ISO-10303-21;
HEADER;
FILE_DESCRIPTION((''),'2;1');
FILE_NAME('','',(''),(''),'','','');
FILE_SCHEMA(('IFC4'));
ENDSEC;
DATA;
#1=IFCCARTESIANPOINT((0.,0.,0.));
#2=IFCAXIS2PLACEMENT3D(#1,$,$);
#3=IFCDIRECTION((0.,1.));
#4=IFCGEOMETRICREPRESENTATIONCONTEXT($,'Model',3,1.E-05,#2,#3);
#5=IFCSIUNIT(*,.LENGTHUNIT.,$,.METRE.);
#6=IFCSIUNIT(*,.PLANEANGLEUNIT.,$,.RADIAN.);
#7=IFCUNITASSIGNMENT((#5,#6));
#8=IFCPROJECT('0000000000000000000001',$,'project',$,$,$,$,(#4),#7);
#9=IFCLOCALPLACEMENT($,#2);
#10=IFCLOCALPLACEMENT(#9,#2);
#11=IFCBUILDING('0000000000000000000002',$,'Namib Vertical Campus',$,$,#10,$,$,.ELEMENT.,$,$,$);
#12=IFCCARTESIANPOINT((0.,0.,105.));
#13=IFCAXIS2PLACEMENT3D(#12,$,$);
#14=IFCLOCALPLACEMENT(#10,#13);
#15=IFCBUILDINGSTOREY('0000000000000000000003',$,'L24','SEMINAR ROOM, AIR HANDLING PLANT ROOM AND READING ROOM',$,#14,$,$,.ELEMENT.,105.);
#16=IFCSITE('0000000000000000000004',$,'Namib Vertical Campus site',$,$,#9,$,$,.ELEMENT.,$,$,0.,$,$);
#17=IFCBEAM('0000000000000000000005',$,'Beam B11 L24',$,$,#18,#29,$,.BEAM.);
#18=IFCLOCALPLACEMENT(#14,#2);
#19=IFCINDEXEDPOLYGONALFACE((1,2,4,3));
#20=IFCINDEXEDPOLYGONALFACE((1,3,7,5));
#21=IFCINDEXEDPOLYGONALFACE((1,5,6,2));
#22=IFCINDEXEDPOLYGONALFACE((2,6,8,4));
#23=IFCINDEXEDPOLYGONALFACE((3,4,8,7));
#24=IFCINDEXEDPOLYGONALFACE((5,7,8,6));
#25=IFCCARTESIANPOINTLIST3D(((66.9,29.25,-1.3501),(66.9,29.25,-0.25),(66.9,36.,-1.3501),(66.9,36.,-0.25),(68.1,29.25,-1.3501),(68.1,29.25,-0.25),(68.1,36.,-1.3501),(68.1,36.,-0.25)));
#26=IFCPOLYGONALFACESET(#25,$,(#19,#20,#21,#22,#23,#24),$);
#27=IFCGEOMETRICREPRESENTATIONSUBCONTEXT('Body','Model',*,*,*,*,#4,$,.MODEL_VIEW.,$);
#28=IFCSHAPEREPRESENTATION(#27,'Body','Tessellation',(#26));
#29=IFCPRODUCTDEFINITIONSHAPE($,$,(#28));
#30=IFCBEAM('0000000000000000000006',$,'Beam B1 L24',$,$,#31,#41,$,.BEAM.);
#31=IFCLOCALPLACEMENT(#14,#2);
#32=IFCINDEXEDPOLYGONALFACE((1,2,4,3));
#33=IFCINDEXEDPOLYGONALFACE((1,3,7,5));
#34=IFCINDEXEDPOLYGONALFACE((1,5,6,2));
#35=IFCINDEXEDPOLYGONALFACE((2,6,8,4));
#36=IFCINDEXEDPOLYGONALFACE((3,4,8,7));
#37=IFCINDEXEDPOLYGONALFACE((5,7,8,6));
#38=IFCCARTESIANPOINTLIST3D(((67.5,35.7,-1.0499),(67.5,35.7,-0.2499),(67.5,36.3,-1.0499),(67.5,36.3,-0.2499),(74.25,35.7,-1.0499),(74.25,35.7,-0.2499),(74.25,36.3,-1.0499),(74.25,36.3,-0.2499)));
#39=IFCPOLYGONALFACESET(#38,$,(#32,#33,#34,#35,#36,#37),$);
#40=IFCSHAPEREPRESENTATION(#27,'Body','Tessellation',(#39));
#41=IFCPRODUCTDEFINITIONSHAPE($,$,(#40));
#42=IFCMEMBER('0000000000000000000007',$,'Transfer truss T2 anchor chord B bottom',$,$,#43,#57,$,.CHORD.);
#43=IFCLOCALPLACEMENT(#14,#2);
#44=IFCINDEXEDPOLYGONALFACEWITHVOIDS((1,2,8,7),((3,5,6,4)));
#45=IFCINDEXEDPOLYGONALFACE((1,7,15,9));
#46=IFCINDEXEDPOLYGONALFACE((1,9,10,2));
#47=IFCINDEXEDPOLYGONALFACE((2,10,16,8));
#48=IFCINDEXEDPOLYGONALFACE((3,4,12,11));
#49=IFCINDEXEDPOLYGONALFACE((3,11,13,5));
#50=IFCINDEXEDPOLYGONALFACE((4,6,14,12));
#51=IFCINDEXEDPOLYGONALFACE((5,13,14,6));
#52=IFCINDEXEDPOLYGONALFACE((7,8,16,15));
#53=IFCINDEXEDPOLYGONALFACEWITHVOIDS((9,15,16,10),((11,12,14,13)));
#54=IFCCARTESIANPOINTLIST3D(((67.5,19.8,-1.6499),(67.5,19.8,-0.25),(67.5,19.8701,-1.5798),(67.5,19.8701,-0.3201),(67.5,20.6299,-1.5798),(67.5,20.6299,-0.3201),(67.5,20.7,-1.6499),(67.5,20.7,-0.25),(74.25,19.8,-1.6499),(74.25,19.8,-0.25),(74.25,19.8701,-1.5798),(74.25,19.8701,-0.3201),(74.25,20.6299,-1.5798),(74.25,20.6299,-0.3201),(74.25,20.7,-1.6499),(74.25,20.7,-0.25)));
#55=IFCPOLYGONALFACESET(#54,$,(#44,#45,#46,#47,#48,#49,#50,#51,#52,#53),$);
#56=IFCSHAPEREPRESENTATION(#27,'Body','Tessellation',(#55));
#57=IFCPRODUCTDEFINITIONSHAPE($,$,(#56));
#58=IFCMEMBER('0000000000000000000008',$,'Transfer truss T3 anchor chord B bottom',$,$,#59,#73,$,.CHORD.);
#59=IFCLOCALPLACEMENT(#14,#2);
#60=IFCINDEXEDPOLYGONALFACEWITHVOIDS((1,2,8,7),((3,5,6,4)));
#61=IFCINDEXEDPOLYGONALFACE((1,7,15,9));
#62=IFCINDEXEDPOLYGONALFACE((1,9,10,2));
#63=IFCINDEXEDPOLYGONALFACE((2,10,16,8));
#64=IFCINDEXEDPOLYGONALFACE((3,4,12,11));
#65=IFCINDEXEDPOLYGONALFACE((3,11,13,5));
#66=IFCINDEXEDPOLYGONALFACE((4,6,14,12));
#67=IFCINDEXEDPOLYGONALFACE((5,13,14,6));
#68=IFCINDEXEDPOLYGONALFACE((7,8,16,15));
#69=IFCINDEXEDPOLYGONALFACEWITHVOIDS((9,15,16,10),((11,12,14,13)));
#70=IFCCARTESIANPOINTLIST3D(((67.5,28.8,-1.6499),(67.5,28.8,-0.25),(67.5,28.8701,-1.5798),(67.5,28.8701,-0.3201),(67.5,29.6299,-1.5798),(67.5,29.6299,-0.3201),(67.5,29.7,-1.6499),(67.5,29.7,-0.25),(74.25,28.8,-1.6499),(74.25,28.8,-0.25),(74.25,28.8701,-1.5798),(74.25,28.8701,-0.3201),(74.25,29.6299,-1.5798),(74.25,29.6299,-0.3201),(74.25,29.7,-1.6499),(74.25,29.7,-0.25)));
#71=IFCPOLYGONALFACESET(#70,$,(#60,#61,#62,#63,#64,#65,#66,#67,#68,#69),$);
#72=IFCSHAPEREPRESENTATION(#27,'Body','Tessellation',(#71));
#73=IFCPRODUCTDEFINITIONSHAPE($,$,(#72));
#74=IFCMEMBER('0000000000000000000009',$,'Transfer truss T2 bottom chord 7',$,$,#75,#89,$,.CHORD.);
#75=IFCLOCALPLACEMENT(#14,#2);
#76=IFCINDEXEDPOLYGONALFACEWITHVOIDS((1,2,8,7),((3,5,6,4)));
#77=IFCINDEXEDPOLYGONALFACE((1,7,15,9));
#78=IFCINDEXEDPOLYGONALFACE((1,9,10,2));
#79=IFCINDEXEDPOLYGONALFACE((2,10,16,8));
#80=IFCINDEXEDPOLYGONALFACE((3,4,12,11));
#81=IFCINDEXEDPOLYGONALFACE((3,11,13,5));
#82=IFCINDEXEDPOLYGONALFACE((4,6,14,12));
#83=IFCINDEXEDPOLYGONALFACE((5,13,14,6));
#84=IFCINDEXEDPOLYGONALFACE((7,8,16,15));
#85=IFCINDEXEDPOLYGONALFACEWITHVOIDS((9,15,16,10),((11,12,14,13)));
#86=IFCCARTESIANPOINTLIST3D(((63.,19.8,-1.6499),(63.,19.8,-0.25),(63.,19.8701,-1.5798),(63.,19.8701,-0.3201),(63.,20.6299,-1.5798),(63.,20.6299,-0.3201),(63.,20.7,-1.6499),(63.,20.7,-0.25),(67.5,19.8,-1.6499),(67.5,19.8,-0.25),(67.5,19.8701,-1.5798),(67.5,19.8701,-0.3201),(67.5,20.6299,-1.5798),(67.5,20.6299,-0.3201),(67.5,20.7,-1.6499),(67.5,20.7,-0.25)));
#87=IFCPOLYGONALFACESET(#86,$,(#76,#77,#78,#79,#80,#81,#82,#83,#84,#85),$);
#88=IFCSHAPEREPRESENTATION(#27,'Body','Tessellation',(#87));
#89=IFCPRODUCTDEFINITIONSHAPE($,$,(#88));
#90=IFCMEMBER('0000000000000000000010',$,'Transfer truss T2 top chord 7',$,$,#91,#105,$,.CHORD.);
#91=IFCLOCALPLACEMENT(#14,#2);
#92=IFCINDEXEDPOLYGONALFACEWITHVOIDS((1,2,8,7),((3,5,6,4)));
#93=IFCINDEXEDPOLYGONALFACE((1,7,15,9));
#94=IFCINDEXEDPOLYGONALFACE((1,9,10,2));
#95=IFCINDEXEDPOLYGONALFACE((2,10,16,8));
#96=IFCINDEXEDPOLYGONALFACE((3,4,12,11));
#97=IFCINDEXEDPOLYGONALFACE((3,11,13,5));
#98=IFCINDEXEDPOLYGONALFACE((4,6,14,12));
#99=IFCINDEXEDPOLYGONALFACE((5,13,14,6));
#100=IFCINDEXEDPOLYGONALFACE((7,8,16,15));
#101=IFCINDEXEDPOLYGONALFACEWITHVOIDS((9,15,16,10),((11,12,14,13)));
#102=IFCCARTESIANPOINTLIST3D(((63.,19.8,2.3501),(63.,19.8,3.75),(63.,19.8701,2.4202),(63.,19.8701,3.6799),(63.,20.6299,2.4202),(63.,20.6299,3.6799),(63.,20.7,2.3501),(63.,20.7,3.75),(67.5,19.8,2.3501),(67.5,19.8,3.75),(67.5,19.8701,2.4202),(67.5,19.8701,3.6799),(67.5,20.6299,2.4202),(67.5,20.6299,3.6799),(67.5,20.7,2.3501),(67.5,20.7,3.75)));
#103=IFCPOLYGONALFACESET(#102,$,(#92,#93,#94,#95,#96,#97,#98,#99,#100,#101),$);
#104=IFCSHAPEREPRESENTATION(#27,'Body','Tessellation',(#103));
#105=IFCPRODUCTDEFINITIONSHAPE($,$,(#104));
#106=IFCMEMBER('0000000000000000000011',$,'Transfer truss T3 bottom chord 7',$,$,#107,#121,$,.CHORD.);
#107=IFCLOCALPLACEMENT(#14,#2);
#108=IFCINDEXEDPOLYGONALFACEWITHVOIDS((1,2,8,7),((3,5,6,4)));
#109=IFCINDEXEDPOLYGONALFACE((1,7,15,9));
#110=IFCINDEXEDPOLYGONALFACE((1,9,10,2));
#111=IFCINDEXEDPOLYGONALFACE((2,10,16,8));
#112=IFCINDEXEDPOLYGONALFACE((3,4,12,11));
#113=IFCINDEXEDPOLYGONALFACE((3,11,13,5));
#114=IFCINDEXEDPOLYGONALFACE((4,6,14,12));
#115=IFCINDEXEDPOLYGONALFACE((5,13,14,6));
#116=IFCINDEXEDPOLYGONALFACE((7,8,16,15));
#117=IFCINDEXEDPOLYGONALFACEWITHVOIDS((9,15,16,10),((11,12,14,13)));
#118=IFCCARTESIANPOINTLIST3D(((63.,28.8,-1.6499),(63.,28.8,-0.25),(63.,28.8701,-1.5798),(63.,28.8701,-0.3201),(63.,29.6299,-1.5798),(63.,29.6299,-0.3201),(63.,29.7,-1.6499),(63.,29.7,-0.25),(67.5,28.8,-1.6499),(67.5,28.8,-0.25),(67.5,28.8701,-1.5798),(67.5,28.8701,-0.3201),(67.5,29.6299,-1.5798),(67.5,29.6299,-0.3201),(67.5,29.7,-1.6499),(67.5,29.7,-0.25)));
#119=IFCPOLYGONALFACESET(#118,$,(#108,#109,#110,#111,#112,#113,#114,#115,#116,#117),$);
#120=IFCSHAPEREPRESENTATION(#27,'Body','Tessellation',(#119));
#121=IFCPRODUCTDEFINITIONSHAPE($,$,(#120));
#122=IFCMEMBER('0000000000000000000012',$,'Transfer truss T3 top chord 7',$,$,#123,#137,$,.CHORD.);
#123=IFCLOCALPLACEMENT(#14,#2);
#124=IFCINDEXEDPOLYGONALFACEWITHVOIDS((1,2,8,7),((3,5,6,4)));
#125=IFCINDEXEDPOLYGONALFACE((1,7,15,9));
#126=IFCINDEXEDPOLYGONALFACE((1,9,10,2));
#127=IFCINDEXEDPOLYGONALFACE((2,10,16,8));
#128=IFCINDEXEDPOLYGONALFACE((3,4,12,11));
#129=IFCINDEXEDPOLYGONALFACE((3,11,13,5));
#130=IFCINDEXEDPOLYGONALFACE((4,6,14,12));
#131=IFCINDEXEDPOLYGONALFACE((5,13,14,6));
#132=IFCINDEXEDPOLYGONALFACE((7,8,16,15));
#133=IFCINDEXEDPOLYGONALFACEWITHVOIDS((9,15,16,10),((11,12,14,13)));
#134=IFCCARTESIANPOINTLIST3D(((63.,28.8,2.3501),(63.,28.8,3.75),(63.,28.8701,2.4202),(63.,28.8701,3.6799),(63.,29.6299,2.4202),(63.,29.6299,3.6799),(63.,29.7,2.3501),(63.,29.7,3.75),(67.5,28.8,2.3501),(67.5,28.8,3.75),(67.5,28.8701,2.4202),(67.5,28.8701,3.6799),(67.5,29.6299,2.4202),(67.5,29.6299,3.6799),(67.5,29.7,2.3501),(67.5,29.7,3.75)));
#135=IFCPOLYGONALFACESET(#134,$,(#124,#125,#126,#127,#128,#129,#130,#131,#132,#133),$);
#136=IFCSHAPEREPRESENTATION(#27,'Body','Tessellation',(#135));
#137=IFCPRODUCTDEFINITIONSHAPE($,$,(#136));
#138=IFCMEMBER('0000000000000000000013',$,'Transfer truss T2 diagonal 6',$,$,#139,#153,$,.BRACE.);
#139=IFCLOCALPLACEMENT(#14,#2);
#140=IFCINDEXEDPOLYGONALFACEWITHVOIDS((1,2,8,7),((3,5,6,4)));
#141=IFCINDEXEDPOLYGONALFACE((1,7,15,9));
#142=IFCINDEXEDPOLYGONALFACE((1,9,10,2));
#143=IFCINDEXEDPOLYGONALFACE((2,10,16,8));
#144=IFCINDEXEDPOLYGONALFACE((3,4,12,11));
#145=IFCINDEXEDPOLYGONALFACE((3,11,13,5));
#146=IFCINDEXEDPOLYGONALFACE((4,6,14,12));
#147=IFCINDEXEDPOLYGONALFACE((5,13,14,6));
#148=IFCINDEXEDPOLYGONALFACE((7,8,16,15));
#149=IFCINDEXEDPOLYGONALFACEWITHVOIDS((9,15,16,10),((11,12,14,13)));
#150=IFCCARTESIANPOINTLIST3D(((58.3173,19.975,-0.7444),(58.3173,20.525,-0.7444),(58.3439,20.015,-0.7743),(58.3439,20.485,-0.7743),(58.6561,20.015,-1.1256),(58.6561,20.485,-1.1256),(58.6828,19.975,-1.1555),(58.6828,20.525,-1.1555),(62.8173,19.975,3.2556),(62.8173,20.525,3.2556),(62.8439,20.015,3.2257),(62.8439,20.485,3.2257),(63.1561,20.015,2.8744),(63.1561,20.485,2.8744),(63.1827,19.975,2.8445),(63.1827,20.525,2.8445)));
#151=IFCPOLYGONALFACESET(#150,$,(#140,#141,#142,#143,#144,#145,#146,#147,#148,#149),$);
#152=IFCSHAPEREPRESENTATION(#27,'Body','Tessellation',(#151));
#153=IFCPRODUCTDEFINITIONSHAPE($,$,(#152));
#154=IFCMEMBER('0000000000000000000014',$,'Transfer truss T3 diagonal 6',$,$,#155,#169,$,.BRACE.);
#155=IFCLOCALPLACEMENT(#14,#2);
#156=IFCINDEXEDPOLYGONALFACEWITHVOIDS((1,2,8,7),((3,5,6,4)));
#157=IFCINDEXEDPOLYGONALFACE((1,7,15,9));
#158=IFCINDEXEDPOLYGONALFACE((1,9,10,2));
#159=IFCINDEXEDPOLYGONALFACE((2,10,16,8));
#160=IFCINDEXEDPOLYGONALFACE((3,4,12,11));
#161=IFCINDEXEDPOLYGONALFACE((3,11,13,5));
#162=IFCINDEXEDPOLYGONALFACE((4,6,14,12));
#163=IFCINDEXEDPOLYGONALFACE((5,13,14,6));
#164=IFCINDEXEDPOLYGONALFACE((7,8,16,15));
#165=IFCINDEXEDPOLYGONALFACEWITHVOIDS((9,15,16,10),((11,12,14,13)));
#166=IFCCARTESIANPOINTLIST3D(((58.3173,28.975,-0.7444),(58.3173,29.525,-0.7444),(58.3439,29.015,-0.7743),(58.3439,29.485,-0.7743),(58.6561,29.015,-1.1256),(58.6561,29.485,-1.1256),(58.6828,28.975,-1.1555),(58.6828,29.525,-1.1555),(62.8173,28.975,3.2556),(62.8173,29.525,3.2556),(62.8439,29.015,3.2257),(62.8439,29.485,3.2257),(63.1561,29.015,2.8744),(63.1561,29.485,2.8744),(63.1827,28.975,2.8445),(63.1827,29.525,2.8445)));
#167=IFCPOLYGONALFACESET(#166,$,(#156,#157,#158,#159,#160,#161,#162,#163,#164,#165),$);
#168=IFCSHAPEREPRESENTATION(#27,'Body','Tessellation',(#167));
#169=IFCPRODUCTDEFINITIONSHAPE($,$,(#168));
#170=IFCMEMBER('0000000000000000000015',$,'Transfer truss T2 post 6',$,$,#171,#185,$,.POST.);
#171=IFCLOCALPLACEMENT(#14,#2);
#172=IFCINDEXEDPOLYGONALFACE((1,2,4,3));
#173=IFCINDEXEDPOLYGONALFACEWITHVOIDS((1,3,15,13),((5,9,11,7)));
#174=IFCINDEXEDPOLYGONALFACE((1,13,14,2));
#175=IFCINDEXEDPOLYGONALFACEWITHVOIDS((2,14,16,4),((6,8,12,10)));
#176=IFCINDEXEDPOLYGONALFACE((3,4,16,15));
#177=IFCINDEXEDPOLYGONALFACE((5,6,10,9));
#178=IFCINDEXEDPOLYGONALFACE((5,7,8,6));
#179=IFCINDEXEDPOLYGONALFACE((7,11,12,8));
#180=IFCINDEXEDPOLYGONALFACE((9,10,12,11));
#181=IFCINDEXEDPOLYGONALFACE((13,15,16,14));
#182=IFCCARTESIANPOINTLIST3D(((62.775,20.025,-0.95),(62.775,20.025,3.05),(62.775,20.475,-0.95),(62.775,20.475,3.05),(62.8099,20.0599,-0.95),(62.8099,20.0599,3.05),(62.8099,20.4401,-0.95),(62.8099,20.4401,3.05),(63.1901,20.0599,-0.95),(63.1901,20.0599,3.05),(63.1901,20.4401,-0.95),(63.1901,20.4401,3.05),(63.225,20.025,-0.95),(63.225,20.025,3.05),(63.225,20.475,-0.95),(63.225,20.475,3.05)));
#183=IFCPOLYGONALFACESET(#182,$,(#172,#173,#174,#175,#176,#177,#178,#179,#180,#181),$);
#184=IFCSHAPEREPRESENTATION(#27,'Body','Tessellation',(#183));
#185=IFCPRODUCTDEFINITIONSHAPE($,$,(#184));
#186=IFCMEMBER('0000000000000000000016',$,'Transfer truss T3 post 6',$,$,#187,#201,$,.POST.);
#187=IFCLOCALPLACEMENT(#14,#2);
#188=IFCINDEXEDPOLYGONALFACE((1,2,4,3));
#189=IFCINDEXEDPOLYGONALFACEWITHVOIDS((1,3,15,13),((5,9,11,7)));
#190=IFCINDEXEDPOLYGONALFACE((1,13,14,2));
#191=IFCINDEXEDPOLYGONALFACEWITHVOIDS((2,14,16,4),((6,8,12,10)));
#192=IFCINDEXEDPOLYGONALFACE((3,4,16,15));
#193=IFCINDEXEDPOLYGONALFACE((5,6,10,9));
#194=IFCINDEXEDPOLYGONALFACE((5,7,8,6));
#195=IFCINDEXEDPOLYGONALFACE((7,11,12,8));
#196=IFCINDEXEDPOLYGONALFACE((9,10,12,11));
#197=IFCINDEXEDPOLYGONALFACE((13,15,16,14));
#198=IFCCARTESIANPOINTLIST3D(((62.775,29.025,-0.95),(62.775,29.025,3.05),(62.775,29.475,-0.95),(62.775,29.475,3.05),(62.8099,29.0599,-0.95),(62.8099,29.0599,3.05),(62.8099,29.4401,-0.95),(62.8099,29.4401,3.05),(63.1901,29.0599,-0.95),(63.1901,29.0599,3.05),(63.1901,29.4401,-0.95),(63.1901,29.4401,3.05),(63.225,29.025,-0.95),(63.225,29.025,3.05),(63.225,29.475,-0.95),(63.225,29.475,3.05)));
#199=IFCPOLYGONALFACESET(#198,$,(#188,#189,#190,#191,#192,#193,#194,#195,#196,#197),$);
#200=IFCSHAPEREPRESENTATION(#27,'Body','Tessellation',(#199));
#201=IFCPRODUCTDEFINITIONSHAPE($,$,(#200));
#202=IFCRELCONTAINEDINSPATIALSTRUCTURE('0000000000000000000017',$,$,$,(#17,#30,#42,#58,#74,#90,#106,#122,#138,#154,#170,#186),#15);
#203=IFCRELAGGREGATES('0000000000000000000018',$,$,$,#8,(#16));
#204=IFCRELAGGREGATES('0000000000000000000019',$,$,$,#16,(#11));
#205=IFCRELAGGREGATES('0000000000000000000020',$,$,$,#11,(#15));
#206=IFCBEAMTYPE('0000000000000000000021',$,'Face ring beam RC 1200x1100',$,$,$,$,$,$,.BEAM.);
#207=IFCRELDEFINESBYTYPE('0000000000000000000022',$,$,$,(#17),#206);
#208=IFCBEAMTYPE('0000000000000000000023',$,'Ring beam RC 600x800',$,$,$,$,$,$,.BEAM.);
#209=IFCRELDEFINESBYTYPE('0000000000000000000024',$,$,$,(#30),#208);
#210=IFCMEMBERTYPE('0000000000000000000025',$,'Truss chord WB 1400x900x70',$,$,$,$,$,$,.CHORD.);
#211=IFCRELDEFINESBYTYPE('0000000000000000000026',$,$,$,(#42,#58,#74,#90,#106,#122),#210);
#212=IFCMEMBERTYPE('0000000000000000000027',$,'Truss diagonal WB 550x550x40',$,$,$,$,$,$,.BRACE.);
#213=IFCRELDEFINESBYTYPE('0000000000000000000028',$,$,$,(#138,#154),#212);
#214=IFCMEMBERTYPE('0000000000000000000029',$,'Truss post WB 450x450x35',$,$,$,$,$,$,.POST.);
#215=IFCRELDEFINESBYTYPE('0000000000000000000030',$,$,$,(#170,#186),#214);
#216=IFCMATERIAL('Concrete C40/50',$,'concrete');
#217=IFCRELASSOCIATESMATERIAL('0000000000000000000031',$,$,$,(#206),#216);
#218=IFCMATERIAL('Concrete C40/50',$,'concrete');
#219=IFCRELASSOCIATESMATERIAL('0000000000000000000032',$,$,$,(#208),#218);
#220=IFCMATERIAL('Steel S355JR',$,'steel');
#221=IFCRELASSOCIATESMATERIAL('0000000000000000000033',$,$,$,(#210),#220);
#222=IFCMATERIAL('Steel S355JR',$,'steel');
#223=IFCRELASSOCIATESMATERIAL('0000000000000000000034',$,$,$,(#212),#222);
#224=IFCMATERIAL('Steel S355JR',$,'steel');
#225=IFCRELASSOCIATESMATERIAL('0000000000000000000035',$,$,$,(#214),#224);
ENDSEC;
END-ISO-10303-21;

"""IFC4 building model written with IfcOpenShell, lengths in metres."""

from ifc_helpers import new_model, si_unit, direction, frame, origin, origin_2d, place, context, subcontext, project, spatial, rectangle, hollow_rectangle, extrude, material, material_profile, profile_set, type_object, element, save


model = new_model("IFC4")

# Units and contexts
model_context = context("Model", 3, precision=1e-05, world=origin(), true_north=direction((0.0, 1.0)))
body_context = subcontext(model_context, "Body", "Model", "MODEL_VIEW")
ifc_project = project(units=[si_unit("LENGTHUNIT", "METRE"), si_unit("PLANEANGLEUNIT", "RADIAN")], contexts=[model_context])

# Site, building, storey
site_placement = place(None, origin())
site = spatial("IfcSite", under=ifc_project, at=site_placement, Name="Namib Vertical Campus site", CompositionType="ELEMENT", RefElevation=0.0)
building_placement = place(site_placement, origin())
building = spatial("IfcBuilding", under=site, at=building_placement, Name="Namib Vertical Campus", CompositionType="ELEMENT")
storey_placement = place(building_placement, frame((0.0, 0.0, 105.0)))
storey = spatial("IfcBuildingStorey", under=building, at=storey_placement, Name="L24", Description="SEMINAR ROOM, AIR HANDLING PLANT ROOM AND READING ROOM", CompositionType="ELEMENT", Elevation=105.0)

# Beams
ifc_material_1 = material(Name="Concrete C40/50", Category="concrete")
ifc_material_profile_1 = material_profile(ifc_material_1, rectangle(XDim=1.2, YDim=1.1001, at=origin_2d()))
ifc_profile_set_1 = profile_set([ifc_material_profile_1], Name="Concrete C40/50")
beam_type_1 = type_object("IfcBeamType", Name="Face ring beam RC 1200x1100", PredefinedType="BEAM", material=ifc_profile_set_1)
beam_1_placement = place(storey_placement, frame((67.5, 29.25, -0.8), z_axis=(0.0, 1.0, 0.0), x_axis=(-1.0, 0.0, 0.0)))
element("IfcBeam", 1, at=beam_1_placement, inside=storey, type_object=beam_type_1, Name="Beam B11 L24", PredefinedType="BEAM", context=body_context, shape_type="SweptSolid", body=[
    extrude(rectangle(XDim=1.2, YDim=1.1001, at=origin_2d()), origin(), (0.0, 0.0, 1.0), 6.75),
])
ifc_material_2 = material(Name="Concrete C40/50", Category="concrete")
ifc_material_profile_2 = material_profile(ifc_material_2, rectangle(XDim=0.6001, YDim=0.8, at=origin_2d()))
ifc_profile_set_2 = profile_set([ifc_material_profile_2], Name="Concrete C40/50")
beam_type_2 = type_object("IfcBeamType", Name="Ring beam RC 600x800", PredefinedType="BEAM", material=ifc_profile_set_2)
beam_2_placement = place(storey_placement, frame((67.5, 36.0, -0.6499), z_axis=(1.0, 0.0, 0.0), x_axis=(0.0, 1.0, 0.0)))
element("IfcBeam", 2, at=beam_2_placement, inside=storey, type_object=beam_type_2, Name="Beam B1 L24", PredefinedType="BEAM", context=body_context, shape_type="SweptSolid", body=[
    extrude(rectangle(XDim=0.6001, YDim=0.8, at=origin_2d()), origin(), (0.0, 0.0, 1.0), 6.75),
])

# Members
ifc_material_3 = material(Name="Steel S355JR", Category="steel")
ifc_material_profile_3 = material_profile(ifc_material_3, hollow_rectangle(XDim=0.8999, YDim=1.3999, WallThickness=0.0701, at=origin_2d()))
ifc_profile_set_3 = profile_set([ifc_material_profile_3], Name="Steel S355JR")
member_type_1 = type_object("IfcMemberType", Name="Truss chord WB 1400x900x70", PredefinedType="CHORD", material=ifc_profile_set_3)
for number, where, z_axis, x_axis, name in (
    (3, (67.5, 20.25, -0.95), (1.0, 0.0, 0.0), (0.0, 1.0, 0.0), "Transfer truss T2 anchor chord B bottom"),
    (4, (67.5, 29.25, -0.95), (1.0, 0.0, 0.0), (0.0, 1.0, 0.0), "Transfer truss T3 anchor chord B bottom"),
):
    element("IfcMember", number, at=place(storey_placement, frame(where, z_axis=z_axis, x_axis=x_axis)), inside=storey, type_object=member_type_1, Name=name, PredefinedType="CHORD", context=body_context, shape_type="SweptSolid", body=[
        extrude(hollow_rectangle(XDim=0.8999, YDim=1.3999, WallThickness=0.0701, at=origin_2d()), origin(), (0.0, 0.0, 1.0), 6.75),
    ])
for number, where, z_axis, x_axis, name in (
    (5, (63.0, 20.25, -0.95), (1.0, 0.0, 0.0), (0.0, 1.0, 0.0), "Transfer truss T2 bottom chord 7"),
    (6, (63.0, 20.25, 3.05), (1.0, 0.0, 0.0), (0.0, 1.0, 0.0), "Transfer truss T2 top chord 7"),
    (7, (63.0, 29.25, -0.95), (1.0, 0.0, 0.0), (0.0, 1.0, 0.0), "Transfer truss T3 bottom chord 7"),
    (8, (63.0, 29.25, 3.05), (1.0, 0.0, 0.0), (0.0, 1.0, 0.0), "Transfer truss T3 top chord 7"),
):
    element("IfcMember", number, at=place(storey_placement, frame(where, z_axis=z_axis, x_axis=x_axis)), inside=storey, type_object=member_type_1, Name=name, PredefinedType="CHORD", context=body_context, shape_type="SweptSolid", body=[
        extrude(hollow_rectangle(XDim=0.8999, YDim=1.3999, WallThickness=0.0701, at=origin_2d()), origin(), (0.0, 0.0, 1.0), 4.5),
    ])
ifc_material_4 = material(Name="Steel S355JR", Category="steel")
ifc_material_profile_4 = material_profile(ifc_material_4, hollow_rectangle(XDim=0.55, YDim=0.55, WallThickness=0.04, at=origin_2d()))
ifc_profile_set_4 = profile_set([ifc_material_profile_4], Name="Steel S355JR")
member_type_2 = type_object("IfcMemberType", Name="Truss diagonal WB 550x550x40", PredefinedType="BRACE", material=ifc_profile_set_4)
for number, where, z_axis, x_axis, name in (
    (9, (63.0, 20.25, 3.05), (-0.747409, 0.0, -0.664364), (0.0, -1.0, 0.0), "Transfer truss T2 diagonal 6"),
    (10, (63.0, 29.25, 3.05), (-0.747409, 0.0, -0.664364), (0.0, -1.0, 0.0), "Transfer truss T3 diagonal 6"),
):
    element("IfcMember", number, at=place(storey_placement, frame(where, z_axis=z_axis, x_axis=x_axis)), inside=storey, type_object=member_type_2, Name=name, PredefinedType="BRACE", context=body_context, shape_type="SweptSolid", body=[
        extrude(hollow_rectangle(XDim=0.55, YDim=0.55, WallThickness=0.04, at=origin_2d()), origin(), (0.0, 0.0, 1.0), 6.0208),
    ])
ifc_material_5 = material(Name="Steel S355JR", Category="steel")
ifc_material_profile_5 = material_profile(ifc_material_5, hollow_rectangle(XDim=0.45, YDim=0.45, WallThickness=0.0349, at=origin_2d()))
ifc_profile_set_5 = profile_set([ifc_material_profile_5], Name="Steel S355JR")
member_type_3 = type_object("IfcMemberType", Name="Truss post WB 450x450x35", PredefinedType="POST", material=ifc_profile_set_5)
for number, where, z_axis, x_axis, name in (
    (11, (63.0, 20.25, -0.95), (0.0, 0.0, 1.0), (1.0, 0.0, 0.0), "Transfer truss T2 post 6"),
    (12, (63.0, 29.25, -0.95), (0.0, 0.0, 1.0), (1.0, 0.0, 0.0), "Transfer truss T3 post 6"),
):
    element("IfcMember", number, at=place(storey_placement, frame(where, z_axis=z_axis, x_axis=x_axis)), inside=storey, type_object=member_type_3, Name=name, PredefinedType="POST", context=body_context, shape_type="SweptSolid", body=[
        extrude(hollow_rectangle(XDim=0.45, YDim=0.45, WallThickness=0.0349, at=origin_2d()), origin(), (0.0, 0.0, 1.0), 4.0),
    ])

save(model, "model.ifc")
